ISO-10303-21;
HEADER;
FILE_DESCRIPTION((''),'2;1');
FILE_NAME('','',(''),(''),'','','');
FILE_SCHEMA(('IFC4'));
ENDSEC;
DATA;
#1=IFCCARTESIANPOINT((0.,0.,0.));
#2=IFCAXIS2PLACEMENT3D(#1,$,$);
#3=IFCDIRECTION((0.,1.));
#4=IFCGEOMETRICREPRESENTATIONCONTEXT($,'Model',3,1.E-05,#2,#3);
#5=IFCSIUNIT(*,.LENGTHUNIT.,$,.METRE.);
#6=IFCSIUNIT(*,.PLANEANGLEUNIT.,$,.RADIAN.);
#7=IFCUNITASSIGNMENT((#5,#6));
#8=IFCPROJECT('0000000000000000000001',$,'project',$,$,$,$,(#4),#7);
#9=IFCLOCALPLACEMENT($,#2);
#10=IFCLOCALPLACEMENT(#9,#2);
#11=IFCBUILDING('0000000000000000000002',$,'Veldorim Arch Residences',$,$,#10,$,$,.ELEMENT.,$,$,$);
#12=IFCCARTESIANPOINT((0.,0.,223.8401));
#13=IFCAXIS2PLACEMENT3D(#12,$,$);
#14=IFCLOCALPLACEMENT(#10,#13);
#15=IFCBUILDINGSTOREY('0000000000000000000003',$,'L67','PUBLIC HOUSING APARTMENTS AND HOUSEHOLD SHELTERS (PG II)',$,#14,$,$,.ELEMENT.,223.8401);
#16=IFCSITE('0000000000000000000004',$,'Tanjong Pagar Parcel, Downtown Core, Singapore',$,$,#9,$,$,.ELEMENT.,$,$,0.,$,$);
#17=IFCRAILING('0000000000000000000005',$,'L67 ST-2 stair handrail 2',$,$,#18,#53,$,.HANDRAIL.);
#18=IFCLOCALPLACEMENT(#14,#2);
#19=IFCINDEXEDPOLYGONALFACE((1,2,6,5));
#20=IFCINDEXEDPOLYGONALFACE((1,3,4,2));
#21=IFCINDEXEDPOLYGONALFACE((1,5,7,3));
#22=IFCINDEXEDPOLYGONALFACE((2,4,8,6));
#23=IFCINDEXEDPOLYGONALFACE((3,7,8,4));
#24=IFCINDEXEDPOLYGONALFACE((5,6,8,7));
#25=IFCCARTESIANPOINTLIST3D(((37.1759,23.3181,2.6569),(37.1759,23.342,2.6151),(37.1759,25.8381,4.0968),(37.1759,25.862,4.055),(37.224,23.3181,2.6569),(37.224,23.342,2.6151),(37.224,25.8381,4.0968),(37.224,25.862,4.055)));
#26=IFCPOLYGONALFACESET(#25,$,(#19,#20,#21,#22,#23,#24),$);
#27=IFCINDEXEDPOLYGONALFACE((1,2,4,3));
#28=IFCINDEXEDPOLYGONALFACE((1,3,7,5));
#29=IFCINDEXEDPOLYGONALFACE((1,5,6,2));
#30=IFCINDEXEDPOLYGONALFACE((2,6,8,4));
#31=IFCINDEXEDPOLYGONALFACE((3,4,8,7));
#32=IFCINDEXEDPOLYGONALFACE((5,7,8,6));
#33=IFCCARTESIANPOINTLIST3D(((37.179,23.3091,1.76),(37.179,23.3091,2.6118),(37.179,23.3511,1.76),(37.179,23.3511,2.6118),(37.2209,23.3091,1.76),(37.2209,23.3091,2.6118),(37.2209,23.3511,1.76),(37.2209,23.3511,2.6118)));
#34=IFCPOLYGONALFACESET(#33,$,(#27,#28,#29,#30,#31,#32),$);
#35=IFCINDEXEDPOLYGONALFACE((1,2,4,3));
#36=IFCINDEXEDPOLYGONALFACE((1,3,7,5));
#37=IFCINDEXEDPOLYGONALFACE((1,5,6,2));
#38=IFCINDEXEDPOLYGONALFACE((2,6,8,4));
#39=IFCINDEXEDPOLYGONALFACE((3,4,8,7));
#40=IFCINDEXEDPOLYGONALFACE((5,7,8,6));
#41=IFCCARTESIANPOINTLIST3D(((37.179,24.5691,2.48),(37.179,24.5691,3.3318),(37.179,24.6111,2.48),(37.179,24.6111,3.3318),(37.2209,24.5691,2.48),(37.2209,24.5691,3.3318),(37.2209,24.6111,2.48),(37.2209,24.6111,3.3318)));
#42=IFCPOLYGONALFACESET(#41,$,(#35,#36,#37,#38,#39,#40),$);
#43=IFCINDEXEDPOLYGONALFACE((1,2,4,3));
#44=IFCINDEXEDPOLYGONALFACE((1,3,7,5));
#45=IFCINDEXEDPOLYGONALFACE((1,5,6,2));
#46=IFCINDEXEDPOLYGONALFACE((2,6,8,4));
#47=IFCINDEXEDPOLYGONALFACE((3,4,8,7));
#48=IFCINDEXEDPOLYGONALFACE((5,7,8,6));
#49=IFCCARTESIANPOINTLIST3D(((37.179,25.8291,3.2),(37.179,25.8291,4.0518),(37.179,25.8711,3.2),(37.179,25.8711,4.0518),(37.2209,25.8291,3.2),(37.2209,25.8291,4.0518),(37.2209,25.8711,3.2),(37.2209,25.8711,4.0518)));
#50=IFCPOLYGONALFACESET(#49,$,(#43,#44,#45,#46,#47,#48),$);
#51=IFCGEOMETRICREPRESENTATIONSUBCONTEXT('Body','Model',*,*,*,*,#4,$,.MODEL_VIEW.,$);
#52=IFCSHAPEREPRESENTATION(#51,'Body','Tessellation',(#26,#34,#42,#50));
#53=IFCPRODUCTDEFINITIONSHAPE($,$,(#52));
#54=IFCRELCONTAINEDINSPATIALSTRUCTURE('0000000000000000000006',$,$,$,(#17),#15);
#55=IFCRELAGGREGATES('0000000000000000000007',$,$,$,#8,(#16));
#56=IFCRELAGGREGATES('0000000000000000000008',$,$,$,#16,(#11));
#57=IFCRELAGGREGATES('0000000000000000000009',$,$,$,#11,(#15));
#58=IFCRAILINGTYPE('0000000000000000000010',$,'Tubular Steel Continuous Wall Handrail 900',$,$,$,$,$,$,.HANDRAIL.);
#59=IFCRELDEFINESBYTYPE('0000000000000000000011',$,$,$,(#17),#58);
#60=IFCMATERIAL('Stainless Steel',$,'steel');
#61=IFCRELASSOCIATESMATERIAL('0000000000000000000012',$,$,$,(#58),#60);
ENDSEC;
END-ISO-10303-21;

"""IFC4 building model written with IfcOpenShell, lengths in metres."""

from ifc_helpers import new_model, si_unit, direction, frame, origin, origin_2d, place, context, subcontext, project, spatial, rectangle, extrude, material, type_object, element, save


model = new_model("IFC4")

# Units and contexts
model_context = context("Model", 3, precision=1e-05, world=origin(), true_north=direction((0.0, 1.0)))
body_context = subcontext(model_context, "Body", "Model", "MODEL_VIEW")
ifc_project = project(units=[si_unit("LENGTHUNIT", "METRE"), si_unit("PLANEANGLEUNIT", "RADIAN")], contexts=[model_context])

# Site, building, storey
site_placement = place(None, origin())
site = spatial("IfcSite", under=ifc_project, at=site_placement, Name="Tanjong Pagar Parcel, Downtown Core, Singapore", CompositionType="ELEMENT", RefElevation=0.0)
building_placement = place(site_placement, origin())
building = spatial("IfcBuilding", under=site, at=building_placement, Name="Veldorim Arch Residences", CompositionType="ELEMENT")
storey_placement = place(building_placement, frame((0.0, 0.0, 223.8401)))
storey = spatial("IfcBuildingStorey", under=building, at=storey_placement, Name="L67", Description="PUBLIC HOUSING APARTMENTS AND HOUSEHOLD SHELTERS (PG II)", CompositionType="ELEMENT", Elevation=223.8401)

# Railing
ifc_material_1 = material(Name="Stainless Steel", Category="steel")
railing_type_1 = type_object("IfcRailingType", Name="Tubular Steel Continuous Wall Handrail 900", PredefinedType="HANDRAIL", material=ifc_material_1)
railing_1_placement = place(storey_placement, frame((37.2, 23.3301, 1.76)))
element("IfcRailing", 1, at=railing_1_placement, inside=storey, type_object=railing_type_1, Name="L67 ST-2 stair handrail 2", PredefinedType="HANDRAIL", context=body_context, shape_type="SweptSolid", body=[
    extrude(rectangle(XDim=0.0481, YDim=0.0481, at=origin_2d()), frame((0.0, 0.0, 0.876), z_axis=(0.0, 0.868253, 0.496121), x_axis=(-1.0, 0.0, 0.0)), (0.0, 0.0, 1.0), 2.9023),
    extrude(rectangle(XDim=0.042, YDim=0.042, at=origin_2d()), origin(), (0.0, 0.0, 1.0), 0.8518),
    extrude(rectangle(XDim=0.042, YDim=0.042, at=origin_2d()), frame((0.0, 1.26, 0.72)), (0.0, 0.0, 1.0), 0.8518),
    extrude(rectangle(XDim=0.042, YDim=0.042, at=origin_2d()), frame((0.0, 2.52, 1.4399)), (0.0, 0.0, 1.0), 0.8518),
])

save(model, "model.ifc")
